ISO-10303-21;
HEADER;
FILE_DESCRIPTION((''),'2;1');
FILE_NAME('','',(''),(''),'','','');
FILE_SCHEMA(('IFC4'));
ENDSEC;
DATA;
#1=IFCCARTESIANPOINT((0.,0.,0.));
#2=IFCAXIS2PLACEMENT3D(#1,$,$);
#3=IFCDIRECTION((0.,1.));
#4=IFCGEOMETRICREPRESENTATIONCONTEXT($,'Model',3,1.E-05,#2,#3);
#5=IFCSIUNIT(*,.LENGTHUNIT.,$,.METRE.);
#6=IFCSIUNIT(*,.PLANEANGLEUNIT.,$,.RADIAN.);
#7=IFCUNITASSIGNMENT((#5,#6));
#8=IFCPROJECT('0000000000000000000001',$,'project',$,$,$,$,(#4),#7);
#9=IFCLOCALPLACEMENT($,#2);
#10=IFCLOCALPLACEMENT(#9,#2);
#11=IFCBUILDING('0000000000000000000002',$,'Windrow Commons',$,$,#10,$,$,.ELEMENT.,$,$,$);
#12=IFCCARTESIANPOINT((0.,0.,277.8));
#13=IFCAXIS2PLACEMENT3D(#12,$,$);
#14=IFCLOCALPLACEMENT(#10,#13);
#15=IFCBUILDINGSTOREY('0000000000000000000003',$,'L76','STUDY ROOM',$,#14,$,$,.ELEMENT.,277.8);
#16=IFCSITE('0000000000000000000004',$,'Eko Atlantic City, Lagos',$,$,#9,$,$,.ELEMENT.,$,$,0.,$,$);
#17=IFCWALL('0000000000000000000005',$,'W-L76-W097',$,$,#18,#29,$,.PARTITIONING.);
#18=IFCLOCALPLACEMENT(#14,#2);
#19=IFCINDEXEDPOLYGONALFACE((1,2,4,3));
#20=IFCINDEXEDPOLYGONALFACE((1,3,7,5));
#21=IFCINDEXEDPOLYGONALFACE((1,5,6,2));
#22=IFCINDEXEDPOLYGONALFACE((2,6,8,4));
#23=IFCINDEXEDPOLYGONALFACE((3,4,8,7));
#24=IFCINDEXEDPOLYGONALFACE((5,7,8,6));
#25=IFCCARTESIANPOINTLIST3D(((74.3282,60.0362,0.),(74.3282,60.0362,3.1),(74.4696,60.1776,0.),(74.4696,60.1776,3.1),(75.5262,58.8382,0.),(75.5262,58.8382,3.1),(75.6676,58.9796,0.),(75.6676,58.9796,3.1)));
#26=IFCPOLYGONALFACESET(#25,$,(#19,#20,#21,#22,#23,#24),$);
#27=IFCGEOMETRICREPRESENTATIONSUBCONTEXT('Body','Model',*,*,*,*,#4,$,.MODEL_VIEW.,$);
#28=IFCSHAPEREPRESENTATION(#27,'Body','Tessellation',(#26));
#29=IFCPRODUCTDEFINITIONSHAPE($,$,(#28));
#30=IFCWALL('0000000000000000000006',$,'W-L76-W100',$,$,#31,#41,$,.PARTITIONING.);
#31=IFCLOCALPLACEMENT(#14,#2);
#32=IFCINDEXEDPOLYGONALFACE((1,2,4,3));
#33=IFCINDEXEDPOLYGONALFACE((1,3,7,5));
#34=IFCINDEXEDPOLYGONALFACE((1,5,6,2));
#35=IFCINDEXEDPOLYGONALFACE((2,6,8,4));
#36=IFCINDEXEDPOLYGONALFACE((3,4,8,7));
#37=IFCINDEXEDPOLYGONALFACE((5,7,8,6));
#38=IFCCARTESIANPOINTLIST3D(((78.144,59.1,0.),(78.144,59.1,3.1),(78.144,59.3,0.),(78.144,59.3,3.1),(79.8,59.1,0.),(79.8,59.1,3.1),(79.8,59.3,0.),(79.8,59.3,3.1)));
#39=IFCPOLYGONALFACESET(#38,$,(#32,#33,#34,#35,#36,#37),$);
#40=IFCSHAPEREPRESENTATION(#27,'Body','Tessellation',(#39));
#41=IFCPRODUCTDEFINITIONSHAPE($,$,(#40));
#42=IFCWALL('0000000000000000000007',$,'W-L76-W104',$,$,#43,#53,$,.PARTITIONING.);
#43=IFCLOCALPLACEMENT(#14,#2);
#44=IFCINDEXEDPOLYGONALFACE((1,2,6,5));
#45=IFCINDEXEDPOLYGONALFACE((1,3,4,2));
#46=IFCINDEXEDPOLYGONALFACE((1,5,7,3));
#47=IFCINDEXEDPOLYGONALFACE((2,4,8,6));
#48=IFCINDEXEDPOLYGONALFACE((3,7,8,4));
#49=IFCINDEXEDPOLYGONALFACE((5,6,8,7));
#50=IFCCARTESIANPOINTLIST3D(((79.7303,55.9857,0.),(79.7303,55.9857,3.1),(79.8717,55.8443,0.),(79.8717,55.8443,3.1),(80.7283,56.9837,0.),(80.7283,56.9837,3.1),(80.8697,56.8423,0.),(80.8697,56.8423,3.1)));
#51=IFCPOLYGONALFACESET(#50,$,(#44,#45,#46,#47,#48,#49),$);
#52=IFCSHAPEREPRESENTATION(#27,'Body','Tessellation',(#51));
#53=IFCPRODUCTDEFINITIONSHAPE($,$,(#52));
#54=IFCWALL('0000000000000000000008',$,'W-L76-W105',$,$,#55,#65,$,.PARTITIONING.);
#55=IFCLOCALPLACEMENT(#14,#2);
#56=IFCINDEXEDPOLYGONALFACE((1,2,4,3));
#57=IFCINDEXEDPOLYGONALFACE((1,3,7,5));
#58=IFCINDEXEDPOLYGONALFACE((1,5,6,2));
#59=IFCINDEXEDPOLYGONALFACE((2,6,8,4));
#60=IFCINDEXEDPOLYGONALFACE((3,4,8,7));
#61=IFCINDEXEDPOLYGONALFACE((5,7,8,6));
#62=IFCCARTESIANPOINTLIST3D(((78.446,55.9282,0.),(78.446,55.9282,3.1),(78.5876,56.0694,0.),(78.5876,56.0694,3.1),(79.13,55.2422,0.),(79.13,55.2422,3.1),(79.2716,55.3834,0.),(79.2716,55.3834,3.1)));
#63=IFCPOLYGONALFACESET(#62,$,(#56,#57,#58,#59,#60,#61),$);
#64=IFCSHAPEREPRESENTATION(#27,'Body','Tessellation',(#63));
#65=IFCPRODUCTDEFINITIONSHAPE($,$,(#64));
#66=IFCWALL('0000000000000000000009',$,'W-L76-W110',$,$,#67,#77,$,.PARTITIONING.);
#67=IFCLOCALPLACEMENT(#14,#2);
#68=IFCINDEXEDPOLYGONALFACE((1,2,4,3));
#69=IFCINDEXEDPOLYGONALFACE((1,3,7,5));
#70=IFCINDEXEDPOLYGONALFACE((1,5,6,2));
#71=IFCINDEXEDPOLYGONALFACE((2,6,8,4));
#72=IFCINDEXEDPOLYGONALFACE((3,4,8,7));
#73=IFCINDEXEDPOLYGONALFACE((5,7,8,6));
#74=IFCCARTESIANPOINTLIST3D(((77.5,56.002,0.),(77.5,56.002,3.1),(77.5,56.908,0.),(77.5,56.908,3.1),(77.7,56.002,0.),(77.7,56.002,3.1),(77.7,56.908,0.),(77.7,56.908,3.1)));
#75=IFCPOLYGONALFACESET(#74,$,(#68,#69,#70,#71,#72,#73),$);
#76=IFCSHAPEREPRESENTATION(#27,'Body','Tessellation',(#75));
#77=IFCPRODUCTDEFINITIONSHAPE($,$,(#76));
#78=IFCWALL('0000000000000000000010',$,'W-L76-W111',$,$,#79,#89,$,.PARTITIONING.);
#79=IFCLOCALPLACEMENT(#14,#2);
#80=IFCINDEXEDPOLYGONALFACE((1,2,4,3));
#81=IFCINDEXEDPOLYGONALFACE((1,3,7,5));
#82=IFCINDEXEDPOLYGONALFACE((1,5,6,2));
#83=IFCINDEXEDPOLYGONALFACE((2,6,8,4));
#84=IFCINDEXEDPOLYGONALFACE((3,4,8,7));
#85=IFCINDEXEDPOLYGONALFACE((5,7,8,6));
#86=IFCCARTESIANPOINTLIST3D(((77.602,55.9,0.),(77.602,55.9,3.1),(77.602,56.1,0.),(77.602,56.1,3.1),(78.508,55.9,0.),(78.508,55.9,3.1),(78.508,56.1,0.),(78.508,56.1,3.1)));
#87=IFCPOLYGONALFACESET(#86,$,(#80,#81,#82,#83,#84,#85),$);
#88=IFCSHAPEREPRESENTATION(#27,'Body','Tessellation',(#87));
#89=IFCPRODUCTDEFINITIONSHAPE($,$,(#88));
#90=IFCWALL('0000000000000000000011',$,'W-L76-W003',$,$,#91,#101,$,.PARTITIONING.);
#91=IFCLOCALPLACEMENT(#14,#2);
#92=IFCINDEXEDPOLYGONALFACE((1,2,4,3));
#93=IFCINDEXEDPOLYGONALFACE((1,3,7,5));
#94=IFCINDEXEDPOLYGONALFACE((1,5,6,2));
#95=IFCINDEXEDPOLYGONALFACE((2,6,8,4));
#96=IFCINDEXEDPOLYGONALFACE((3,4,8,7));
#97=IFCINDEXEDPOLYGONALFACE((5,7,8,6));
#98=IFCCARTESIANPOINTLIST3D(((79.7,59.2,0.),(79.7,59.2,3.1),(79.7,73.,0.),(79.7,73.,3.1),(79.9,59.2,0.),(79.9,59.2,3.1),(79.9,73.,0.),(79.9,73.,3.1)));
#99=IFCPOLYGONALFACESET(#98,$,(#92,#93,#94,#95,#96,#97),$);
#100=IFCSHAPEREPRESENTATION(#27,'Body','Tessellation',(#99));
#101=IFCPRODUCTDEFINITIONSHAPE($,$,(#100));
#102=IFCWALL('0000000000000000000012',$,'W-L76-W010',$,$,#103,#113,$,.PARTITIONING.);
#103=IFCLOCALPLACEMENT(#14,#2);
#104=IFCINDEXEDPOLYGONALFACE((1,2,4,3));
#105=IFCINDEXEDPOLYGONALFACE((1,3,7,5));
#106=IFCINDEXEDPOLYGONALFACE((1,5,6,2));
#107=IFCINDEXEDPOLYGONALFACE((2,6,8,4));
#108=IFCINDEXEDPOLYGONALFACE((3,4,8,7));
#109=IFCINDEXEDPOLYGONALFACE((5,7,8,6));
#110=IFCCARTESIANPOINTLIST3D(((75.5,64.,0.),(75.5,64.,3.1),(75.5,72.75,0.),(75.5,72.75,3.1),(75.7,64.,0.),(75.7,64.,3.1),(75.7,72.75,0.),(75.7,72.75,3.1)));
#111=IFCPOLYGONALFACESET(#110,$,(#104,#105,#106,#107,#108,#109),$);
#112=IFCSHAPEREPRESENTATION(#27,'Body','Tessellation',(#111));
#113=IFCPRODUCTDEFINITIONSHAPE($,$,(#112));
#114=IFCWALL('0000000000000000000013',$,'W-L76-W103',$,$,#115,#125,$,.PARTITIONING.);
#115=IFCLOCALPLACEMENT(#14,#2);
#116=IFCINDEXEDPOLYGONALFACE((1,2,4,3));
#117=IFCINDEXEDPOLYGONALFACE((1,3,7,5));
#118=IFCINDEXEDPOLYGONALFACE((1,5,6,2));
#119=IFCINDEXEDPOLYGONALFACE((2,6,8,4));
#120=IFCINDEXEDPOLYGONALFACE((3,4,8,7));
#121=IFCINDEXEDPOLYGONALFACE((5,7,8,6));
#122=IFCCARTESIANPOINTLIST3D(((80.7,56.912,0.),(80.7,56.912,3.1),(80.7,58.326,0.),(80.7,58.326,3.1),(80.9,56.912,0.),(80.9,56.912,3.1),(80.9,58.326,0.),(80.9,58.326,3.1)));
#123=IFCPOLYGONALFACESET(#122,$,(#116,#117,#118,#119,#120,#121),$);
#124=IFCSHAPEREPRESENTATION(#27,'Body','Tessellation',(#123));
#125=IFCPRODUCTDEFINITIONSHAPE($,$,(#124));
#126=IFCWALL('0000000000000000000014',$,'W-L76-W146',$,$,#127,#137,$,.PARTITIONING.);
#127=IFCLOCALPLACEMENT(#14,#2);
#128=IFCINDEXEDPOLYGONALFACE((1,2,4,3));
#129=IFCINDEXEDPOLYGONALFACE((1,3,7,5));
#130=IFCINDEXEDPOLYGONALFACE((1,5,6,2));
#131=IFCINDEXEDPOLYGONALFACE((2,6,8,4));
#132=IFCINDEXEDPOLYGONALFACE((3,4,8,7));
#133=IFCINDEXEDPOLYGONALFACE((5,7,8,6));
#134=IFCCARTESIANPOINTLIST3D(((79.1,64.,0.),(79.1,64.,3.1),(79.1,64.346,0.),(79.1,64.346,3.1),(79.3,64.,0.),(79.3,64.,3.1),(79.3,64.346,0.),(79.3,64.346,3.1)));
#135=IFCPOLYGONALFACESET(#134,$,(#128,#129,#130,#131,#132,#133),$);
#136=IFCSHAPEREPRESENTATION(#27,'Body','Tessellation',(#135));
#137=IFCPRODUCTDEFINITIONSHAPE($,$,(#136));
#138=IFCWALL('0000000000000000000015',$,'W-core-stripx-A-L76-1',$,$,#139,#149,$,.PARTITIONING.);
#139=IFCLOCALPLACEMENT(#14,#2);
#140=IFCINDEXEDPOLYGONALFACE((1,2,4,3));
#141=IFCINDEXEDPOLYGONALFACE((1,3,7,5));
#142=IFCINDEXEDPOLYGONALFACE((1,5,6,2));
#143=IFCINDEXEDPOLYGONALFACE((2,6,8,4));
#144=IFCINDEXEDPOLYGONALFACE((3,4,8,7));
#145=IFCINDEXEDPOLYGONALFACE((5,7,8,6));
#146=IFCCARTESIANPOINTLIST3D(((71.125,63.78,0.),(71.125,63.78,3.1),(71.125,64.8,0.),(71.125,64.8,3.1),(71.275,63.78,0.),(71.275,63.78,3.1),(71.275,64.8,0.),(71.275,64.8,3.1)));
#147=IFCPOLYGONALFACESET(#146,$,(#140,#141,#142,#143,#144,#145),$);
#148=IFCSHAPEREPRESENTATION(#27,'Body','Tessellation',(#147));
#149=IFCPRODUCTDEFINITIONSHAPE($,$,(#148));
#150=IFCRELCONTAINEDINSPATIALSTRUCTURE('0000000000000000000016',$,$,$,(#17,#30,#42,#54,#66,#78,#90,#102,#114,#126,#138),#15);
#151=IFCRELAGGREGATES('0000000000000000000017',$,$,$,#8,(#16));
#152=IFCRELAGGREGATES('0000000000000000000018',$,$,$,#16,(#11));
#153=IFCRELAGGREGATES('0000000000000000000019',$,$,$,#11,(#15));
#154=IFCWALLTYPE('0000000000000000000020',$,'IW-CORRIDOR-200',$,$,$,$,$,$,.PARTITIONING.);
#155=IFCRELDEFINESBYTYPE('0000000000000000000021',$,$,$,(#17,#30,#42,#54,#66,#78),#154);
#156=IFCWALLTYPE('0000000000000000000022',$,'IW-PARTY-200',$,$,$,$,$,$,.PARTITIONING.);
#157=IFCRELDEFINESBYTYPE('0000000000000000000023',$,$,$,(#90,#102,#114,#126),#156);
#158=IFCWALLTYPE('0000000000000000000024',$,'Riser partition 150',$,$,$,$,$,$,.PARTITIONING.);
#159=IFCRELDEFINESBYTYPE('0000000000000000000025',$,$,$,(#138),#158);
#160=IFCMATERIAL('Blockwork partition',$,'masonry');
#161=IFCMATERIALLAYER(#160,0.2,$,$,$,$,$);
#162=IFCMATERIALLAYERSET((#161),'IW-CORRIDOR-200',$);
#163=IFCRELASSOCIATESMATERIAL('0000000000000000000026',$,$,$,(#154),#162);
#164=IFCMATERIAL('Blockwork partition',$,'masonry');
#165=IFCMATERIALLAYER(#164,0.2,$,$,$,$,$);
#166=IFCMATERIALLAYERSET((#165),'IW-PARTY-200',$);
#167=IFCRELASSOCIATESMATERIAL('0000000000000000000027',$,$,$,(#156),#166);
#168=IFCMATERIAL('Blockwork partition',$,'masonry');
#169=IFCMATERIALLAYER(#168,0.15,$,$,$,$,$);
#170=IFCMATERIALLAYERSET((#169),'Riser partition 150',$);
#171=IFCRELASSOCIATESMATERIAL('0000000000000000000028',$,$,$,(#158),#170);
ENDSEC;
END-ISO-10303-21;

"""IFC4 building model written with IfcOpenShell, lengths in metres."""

from ifc_helpers import new_model, si_unit, direction, frame, frame_2d, origin, place, context, subcontext, project, spatial, rectangle, extrude, material, layer, layer_set, type_object, element, save


model = new_model("IFC4")

# Units and contexts
model_context = context("Model", 3, precision=1e-05, world=origin(), true_north=direction((0.0, 1.0)))
body_context = subcontext(model_context, "Body", "Model", "MODEL_VIEW")
ifc_project = project(units=[si_unit("LENGTHUNIT", "METRE"), si_unit("PLANEANGLEUNIT", "RADIAN")], contexts=[model_context])

# Site, building, storey
site_placement = place(None, origin())
site = spatial("IfcSite", under=ifc_project, at=site_placement, Name="Eko Atlantic City, Lagos", CompositionType="ELEMENT", RefElevation=0.0)
building_placement = place(site_placement, origin())
building = spatial("IfcBuilding", under=site, at=building_placement, Name="Windrow Commons", CompositionType="ELEMENT")
storey_placement = place(building_placement, frame((0.0, 0.0, 277.8)))
storey = spatial("IfcBuildingStorey", under=building, at=storey_placement, Name="L76", Description="STUDY ROOM", CompositionType="ELEMENT", Elevation=277.8)

# Shared definitions
ifc_material_1 = material(Name="Blockwork partition", Category="masonry")
ifc_layer_1 = layer(ifc_material_1, 0.2)
ifc_layer_set_1 = layer_set([ifc_layer_1], Name="IW-CORRIDOR-200")
wall_type_1 = type_object("IfcWallType", Name="IW-CORRIDOR-200", PredefinedType="PARTITIONING", material=ifc_layer_set_1)

# Walls
wall_1_placement = place(storey_placement, frame((74.3989, 60.1069, 0.0), z_axis=(0.0, 0.0, 1.0), x_axis=(0.707107, -0.707107, 0.0)))
element("IfcWall", 1, at=wall_1_placement, inside=storey, type_object=wall_type_1, Name="W-L76-W097", PredefinedType="PARTITIONING", context=body_context, shape_type="SweptSolid", body=[
    extrude(rectangle(XDim=1.6942, YDim=0.2, at=frame_2d((0.8471, 0.0))), origin(), (0.0, 0.0, 1.0), 3.1),
])
wall_2_placement = place(storey_placement, frame((78.144, 59.2, 0.0), z_axis=(0.0, 0.0, 1.0), x_axis=(1.0, 0.0, 0.0)))
element("IfcWall", 2, at=wall_2_placement, inside=storey, type_object=wall_type_1, Name="W-L76-W100", PredefinedType="PARTITIONING", context=body_context, shape_type="SweptSolid", body=[
    extrude(rectangle(XDim=1.656, YDim=0.2, at=frame_2d((0.828, 0.0))), origin(), (0.0, 0.0, 1.0), 3.1),
])
wall_3_placement = place(storey_placement, frame((79.801, 55.915, 0.0), z_axis=(0.0, 0.0, 1.0), x_axis=(0.707107, 0.707107, 0.0)))
element("IfcWall", 3, at=wall_3_placement, inside=storey, type_object=wall_type_1, Name="W-L76-W104", PredefinedType="PARTITIONING", context=body_context, shape_type="SweptSolid", body=[
    extrude(rectangle(XDim=1.4114, YDim=0.2, at=frame_2d((0.7057, 0.0))), origin(), (0.0, 0.0, 1.0), 3.1),
])
wall_4_placement = place(storey_placement, frame((78.5168, 55.9988, 0.0), z_axis=(0.0, 0.0, 1.0), x_axis=(0.706074, -0.708138, 0.0)))
element("IfcWall", 4, at=wall_4_placement, inside=storey, type_object=wall_type_1, Name="W-L76-W105", PredefinedType="PARTITIONING", context=body_context, shape_type="SweptSolid", body=[
    extrude(rectangle(XDim=0.9687, YDim=0.2, at=frame_2d((0.4844, 0.0))), origin(), (0.0, 0.0, 1.0), 3.1),
])
for number, where, z_axis, x_axis, name in (
    (5, (77.6, 56.002, 0.0), (0.0, 0.0, 1.0), (0.0, 1.0, 0.0), "W-L76-W110"),
    (6, (77.602, 56.0, 0.0), (0.0, 0.0, 1.0), (1.0, 0.0, 0.0), "W-L76-W111"),
):
    element("IfcWall", number, at=place(storey_placement, frame(where, z_axis=z_axis, x_axis=x_axis)), inside=storey, type_object=wall_type_1, Name=name, PredefinedType="PARTITIONING", context=body_context, shape_type="SweptSolid", body=[
        extrude(rectangle(XDim=0.906, YDim=0.2, at=frame_2d((0.453, 0.0))), origin(), (0.0, 0.0, 1.0), 3.1),
    ])
ifc_material_2 = material(Name="Blockwork partition", Category="masonry")
ifc_layer_2 = layer(ifc_material_2, 0.2)
ifc_layer_set_2 = layer_set([ifc_layer_2], Name="IW-PARTY-200")
wall_type_2 = type_object("IfcWallType", Name="IW-PARTY-200", PredefinedType="PARTITIONING", material=ifc_layer_set_2)
wall_5_placement = place(storey_placement, frame((79.8, 59.2, 0.0), z_axis=(0.0, 0.0, 1.0), x_axis=(0.0, 1.0, 0.0)))
element("IfcWall", 7, at=wall_5_placement, inside=storey, type_object=wall_type_2, Name="W-L76-W003", PredefinedType="PARTITIONING", context=body_context, shape_type="SweptSolid", body=[
    extrude(rectangle(XDim=13.8, YDim=0.2, at=frame_2d((6.9, 0.0))), origin(), (0.0, 0.0, 1.0), 3.1),
])
wall_6_placement = place(storey_placement, frame((75.6, 64.0, 0.0), z_axis=(0.0, 0.0, 1.0), x_axis=(0.0, 1.0, 0.0)))
element("IfcWall", 8, at=wall_6_placement, inside=storey, type_object=wall_type_2, Name="W-L76-W010", PredefinedType="PARTITIONING", context=body_context, shape_type="SweptSolid", body=[
    extrude(rectangle(XDim=8.75, YDim=0.2, at=frame_2d((4.375, 0.0))), origin(), (0.0, 0.0, 1.0), 3.1),
])
wall_7_placement = place(storey_placement, frame((80.8, 56.912, 0.0), z_axis=(0.0, 0.0, 1.0), x_axis=(0.0, 1.0, 0.0)))
element("IfcWall", 9, at=wall_7_placement, inside=storey, type_object=wall_type_2, Name="W-L76-W103", PredefinedType="PARTITIONING", context=body_context, shape_type="SweptSolid", body=[
    extrude(rectangle(XDim=1.414, YDim=0.2, at=frame_2d((0.707, 0.0))), origin(), (0.0, 0.0, 1.0), 3.1),
])
wall_8_placement = place(storey_placement, frame((79.2, 64.0, 0.0), z_axis=(0.0, 0.0, 1.0), x_axis=(0.0, 1.0, 0.0)))
element("IfcWall", 10, at=wall_8_placement, inside=storey, type_object=wall_type_2, Name="W-L76-W146", PredefinedType="PARTITIONING", context=body_context, shape_type="SweptSolid", body=[
    extrude(rectangle(XDim=0.346, YDim=0.2, at=frame_2d((0.173, 0.0))), origin(), (0.0, 0.0, 1.0), 3.1),
])
ifc_material_3 = material(Name="Blockwork partition", Category="masonry")
ifc_layer_3 = layer(ifc_material_3, 0.15)
ifc_layer_set_3 = layer_set([ifc_layer_3], Name="Riser partition 150")
wall_type_3 = type_object("IfcWallType", Name="Riser partition 150", PredefinedType="PARTITIONING", material=ifc_layer_set_3)
wall_9_placement = place(storey_placement, frame((71.2, 63.78, 0.0), z_axis=(0.0, 0.0, 1.0), x_axis=(0.0, 1.0, 0.0)))
element("IfcWall", 11, at=wall_9_placement, inside=storey, type_object=wall_type_3, Name="W-core-stripx-A-L76-1", PredefinedType="PARTITIONING", context=body_context, shape_type="SweptSolid", body=[
    extrude(rectangle(XDim=1.02, YDim=0.15, at=frame_2d((0.51, 0.0))), origin(), (0.0, 0.0, 1.0), 3.1),
])

save(model, "model.ifc")
